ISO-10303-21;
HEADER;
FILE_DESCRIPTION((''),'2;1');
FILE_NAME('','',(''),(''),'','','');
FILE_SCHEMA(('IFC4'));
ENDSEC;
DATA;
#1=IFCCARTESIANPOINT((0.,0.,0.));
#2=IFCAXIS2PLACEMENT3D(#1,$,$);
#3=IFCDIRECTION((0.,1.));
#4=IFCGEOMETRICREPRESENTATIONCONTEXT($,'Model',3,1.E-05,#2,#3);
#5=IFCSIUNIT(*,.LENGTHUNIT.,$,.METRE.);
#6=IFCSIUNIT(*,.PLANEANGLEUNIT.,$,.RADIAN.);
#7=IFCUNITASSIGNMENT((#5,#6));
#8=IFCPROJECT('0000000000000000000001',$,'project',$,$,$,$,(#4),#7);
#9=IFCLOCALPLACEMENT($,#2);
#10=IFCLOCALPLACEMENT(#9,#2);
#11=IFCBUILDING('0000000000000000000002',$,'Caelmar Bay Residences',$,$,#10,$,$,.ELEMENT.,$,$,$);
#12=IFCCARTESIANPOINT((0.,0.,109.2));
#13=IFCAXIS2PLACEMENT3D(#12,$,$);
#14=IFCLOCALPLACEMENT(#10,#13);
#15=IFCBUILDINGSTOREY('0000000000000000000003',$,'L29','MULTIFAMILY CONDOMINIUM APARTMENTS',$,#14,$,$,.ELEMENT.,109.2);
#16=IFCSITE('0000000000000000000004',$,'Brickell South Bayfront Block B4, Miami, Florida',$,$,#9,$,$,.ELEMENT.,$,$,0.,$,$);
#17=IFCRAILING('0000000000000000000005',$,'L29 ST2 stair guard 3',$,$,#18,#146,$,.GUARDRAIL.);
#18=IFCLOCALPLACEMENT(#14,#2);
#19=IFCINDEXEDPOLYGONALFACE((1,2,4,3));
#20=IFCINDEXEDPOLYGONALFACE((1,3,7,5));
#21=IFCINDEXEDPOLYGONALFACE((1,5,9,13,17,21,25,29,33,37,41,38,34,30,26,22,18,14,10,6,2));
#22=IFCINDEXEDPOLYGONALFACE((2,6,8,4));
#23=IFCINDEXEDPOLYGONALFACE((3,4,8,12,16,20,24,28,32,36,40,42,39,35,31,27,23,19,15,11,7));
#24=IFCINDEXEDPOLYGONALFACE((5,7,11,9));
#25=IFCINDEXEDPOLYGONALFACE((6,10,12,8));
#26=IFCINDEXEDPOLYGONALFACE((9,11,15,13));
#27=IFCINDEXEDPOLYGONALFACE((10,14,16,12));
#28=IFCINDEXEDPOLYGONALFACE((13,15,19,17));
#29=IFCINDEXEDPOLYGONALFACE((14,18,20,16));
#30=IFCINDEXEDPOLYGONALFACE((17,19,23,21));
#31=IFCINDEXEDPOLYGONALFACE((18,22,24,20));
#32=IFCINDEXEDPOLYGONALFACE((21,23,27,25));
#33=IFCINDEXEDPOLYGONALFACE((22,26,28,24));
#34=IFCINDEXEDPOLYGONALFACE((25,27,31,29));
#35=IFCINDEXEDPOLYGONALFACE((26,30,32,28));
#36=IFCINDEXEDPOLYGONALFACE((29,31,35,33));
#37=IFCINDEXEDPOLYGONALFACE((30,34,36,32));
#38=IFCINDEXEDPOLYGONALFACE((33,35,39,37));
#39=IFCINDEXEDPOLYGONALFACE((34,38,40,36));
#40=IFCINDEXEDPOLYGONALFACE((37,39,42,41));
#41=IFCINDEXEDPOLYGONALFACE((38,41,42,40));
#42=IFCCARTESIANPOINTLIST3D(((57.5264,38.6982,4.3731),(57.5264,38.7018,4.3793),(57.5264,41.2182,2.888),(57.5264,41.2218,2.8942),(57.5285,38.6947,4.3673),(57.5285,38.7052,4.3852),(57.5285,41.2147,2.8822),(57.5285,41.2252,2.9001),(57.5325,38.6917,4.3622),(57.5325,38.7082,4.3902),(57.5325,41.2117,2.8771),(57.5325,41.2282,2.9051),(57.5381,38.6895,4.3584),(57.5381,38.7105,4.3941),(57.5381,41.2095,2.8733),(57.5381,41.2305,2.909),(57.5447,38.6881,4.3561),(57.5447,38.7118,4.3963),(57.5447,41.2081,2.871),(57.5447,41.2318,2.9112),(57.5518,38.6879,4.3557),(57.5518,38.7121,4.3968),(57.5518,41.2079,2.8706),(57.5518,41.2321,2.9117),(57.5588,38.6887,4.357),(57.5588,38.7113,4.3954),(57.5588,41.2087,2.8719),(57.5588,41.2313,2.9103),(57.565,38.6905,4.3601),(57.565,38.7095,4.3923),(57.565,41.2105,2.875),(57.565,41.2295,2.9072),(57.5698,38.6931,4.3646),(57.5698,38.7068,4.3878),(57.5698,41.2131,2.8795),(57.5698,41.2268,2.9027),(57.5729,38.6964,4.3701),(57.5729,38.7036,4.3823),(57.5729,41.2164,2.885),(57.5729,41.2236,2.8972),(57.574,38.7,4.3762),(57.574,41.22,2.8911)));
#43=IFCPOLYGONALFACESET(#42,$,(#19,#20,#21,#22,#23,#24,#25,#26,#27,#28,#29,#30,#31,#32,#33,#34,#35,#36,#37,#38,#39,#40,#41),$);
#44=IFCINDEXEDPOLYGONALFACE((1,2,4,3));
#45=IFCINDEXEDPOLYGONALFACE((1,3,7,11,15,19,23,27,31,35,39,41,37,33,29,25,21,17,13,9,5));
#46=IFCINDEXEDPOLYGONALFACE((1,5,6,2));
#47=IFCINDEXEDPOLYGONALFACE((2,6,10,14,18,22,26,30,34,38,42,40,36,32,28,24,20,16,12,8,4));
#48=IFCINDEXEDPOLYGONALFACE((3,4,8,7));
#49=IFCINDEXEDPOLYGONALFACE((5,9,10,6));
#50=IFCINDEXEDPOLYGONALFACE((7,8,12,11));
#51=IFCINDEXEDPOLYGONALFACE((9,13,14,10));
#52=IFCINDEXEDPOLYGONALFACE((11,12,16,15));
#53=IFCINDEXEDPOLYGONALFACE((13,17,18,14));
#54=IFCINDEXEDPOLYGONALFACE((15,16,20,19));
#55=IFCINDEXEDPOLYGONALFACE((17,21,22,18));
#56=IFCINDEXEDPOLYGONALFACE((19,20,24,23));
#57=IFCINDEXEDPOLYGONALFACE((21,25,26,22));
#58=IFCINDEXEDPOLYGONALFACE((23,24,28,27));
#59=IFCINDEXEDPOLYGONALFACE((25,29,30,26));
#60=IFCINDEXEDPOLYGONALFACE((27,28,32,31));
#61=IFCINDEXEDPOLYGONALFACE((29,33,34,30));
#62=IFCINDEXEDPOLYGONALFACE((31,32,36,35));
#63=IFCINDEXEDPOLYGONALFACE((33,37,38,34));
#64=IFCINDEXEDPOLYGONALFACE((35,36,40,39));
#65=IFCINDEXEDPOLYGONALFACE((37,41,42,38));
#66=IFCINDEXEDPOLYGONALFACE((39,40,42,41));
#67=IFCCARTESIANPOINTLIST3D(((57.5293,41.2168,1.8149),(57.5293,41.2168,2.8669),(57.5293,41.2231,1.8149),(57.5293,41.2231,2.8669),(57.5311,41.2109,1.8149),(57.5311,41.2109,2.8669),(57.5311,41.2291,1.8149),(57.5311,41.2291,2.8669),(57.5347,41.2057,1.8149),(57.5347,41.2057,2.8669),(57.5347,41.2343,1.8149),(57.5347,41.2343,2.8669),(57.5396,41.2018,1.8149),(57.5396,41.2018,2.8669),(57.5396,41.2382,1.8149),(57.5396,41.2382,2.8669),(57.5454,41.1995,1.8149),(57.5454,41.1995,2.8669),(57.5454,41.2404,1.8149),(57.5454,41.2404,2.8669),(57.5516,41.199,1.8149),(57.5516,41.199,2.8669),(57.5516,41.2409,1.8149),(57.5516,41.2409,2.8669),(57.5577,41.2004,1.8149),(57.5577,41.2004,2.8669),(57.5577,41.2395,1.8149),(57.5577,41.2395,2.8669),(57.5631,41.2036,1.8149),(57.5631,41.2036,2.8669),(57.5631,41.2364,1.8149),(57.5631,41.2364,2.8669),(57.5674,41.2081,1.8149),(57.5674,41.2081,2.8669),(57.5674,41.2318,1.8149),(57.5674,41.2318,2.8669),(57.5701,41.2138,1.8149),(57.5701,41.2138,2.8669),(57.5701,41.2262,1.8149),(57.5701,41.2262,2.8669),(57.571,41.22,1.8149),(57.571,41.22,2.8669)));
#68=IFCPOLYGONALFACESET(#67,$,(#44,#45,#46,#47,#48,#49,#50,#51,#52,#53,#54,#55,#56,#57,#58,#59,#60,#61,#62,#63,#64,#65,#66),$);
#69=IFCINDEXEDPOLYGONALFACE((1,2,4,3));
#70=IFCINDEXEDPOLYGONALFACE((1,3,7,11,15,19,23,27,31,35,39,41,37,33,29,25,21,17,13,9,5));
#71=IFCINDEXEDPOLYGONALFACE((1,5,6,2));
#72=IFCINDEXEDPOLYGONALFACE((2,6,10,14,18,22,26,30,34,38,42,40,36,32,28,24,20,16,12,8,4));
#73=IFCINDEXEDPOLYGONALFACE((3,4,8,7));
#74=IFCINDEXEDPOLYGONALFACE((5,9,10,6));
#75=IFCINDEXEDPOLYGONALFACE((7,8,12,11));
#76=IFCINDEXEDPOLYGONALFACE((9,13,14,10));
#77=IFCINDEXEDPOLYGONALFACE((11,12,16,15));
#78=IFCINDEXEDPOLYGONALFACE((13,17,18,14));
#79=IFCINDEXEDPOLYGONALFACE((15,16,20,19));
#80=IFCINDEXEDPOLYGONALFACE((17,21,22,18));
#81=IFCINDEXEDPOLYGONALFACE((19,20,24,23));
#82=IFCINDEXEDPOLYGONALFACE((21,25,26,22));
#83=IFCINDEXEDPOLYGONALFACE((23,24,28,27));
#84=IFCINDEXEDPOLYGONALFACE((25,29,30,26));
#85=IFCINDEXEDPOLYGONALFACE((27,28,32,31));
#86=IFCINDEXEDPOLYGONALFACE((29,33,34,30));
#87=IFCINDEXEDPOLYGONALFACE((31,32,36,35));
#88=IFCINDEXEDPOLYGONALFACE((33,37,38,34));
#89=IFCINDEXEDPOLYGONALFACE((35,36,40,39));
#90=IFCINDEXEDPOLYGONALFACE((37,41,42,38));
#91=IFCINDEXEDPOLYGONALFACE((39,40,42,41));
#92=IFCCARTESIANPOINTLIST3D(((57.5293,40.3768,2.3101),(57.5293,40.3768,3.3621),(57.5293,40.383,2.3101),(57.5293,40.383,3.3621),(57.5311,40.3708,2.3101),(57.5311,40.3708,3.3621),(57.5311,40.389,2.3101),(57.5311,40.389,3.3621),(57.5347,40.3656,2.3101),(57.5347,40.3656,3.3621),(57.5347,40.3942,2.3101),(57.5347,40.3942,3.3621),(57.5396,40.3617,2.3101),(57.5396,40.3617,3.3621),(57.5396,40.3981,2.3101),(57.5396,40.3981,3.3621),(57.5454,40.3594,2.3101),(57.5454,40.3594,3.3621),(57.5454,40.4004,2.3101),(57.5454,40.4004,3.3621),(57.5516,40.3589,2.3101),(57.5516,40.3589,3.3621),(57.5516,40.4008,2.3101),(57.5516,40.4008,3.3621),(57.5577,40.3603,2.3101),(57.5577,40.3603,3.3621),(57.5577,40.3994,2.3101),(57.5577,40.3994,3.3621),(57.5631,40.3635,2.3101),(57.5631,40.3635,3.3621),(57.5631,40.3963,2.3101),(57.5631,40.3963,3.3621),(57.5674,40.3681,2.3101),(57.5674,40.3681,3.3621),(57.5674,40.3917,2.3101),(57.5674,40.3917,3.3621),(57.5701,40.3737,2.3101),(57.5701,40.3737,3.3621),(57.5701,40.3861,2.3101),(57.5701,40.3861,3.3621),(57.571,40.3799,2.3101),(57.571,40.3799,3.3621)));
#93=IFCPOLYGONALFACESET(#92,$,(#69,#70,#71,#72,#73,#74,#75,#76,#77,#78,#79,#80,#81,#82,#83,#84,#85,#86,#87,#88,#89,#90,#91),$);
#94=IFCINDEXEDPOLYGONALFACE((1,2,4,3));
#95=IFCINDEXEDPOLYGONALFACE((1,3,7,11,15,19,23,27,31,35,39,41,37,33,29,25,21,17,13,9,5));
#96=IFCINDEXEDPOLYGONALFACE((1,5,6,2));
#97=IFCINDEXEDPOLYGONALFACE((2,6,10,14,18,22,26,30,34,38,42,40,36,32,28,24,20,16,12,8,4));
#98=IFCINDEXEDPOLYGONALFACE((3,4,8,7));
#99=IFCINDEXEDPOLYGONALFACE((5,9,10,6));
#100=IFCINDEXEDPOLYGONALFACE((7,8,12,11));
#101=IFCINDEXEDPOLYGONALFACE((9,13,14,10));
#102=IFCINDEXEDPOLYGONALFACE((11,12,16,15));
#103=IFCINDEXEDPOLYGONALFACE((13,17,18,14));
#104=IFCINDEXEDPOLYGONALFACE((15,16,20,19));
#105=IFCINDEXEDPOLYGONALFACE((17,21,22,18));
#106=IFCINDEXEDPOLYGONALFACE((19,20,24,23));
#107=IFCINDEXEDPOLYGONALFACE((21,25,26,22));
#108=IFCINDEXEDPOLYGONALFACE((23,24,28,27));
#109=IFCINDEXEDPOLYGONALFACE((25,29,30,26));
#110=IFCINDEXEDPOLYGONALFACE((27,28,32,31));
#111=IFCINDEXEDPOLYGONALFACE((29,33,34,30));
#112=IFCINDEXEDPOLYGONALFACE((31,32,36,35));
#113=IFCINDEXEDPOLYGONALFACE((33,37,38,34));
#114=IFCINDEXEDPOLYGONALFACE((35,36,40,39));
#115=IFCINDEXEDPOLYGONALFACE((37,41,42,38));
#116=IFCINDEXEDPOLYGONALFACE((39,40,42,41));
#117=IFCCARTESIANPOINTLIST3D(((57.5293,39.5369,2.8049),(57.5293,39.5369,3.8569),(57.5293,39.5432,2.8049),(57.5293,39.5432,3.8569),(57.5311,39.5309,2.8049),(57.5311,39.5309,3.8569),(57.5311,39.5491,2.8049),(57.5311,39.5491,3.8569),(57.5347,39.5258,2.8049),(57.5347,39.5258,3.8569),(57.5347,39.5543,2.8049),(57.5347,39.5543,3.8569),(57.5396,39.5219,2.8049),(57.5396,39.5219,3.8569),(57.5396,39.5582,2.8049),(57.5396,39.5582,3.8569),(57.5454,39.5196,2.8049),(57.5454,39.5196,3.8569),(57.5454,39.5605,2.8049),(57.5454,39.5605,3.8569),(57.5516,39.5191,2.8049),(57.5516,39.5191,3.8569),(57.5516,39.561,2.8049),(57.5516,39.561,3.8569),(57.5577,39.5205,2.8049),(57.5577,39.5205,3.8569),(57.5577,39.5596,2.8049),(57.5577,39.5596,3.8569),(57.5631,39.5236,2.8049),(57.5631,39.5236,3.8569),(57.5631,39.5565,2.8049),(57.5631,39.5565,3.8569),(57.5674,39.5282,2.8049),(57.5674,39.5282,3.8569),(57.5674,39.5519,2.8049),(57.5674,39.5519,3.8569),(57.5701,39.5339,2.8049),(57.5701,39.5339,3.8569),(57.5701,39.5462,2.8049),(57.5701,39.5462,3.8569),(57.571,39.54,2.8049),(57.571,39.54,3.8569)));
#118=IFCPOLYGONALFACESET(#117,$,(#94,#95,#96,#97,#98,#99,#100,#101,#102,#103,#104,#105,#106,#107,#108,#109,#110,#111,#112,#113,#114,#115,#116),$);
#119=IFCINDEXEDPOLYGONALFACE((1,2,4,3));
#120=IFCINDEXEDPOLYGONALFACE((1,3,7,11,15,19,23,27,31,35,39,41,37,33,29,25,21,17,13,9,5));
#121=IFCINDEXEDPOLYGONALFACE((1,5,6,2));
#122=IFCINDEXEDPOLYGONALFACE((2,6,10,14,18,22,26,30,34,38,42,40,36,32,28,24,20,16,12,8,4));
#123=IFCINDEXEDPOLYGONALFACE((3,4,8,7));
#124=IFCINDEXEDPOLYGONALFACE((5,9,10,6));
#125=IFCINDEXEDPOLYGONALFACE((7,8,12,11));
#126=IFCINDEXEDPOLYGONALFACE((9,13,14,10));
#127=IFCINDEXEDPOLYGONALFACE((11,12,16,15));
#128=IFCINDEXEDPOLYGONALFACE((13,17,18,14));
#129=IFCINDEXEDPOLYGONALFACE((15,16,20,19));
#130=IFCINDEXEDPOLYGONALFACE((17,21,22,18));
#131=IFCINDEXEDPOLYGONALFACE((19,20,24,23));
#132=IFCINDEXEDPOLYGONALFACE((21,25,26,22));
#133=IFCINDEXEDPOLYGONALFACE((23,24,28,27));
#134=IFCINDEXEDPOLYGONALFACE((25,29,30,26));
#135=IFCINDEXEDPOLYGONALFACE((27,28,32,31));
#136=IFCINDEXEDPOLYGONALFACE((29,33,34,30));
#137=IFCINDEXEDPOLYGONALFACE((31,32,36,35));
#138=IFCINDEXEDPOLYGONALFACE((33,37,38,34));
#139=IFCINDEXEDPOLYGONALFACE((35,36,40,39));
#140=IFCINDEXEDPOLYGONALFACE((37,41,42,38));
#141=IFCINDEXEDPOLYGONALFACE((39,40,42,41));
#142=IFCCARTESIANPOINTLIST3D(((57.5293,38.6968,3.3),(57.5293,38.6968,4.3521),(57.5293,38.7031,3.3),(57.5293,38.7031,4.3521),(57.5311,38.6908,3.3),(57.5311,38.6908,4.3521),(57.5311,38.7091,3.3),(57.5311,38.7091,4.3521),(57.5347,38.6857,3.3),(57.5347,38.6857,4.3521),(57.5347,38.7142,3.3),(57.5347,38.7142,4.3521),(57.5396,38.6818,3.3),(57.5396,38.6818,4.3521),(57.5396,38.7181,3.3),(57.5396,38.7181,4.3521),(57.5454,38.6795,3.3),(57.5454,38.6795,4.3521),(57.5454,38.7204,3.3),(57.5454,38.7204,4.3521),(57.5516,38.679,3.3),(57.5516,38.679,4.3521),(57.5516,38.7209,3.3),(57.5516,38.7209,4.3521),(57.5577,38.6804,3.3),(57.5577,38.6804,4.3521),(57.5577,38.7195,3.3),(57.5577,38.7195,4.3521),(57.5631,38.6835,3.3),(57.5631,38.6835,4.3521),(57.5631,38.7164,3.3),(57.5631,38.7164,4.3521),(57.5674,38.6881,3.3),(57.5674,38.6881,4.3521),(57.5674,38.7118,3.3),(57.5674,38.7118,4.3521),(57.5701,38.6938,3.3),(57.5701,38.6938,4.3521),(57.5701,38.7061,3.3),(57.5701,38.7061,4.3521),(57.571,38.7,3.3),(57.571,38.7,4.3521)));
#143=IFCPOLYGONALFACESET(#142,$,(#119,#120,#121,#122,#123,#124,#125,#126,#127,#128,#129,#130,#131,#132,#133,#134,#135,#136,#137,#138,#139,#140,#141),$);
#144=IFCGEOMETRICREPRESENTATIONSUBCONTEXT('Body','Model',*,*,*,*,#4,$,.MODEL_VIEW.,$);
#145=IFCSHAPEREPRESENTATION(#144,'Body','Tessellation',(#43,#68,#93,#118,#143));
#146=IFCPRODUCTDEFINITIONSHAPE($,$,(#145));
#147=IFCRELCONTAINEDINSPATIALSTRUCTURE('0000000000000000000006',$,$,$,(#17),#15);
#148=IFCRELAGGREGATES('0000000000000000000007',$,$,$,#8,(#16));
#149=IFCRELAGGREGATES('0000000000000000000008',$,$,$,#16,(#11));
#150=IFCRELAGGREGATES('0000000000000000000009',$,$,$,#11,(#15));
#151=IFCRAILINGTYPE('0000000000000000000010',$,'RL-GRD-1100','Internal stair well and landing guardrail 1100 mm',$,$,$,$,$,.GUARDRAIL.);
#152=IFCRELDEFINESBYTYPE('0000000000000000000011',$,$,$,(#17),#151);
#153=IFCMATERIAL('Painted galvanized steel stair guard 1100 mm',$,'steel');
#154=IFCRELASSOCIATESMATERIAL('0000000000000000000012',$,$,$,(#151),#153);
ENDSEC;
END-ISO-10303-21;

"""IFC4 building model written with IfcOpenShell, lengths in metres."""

from ifc_helpers import new_model, si_unit, direction, frame, origin, origin_2d, place, context, subcontext, project, spatial, circle, extrude, material, type_object, element, save


model = new_model("IFC4")

# Units and contexts
model_context = context("Model", 3, precision=1e-05, world=origin(), true_north=direction((0.0, 1.0)))
body_context = subcontext(model_context, "Body", "Model", "MODEL_VIEW")
ifc_project = project(units=[si_unit("LENGTHUNIT", "METRE"), si_unit("PLANEANGLEUNIT", "RADIAN")], contexts=[model_context])

# Site, building, storey
site_placement = place(None, origin())
site = spatial("IfcSite", under=ifc_project, at=site_placement, Name="Brickell South Bayfront Block B4, Miami, Florida", CompositionType="ELEMENT", RefElevation=0.0)
building_placement = place(site_placement, origin())
building = spatial("IfcBuilding", under=site, at=building_placement, Name="Caelmar Bay Residences", CompositionType="ELEMENT")
storey_placement = place(building_placement, frame((0.0, 0.0, 109.2)))
storey = spatial("IfcBuildingStorey", under=building, at=storey_placement, Name="L29", Description="MULTIFAMILY CONDOMINIUM APARTMENTS", CompositionType="ELEMENT", Elevation=109.2)

# Railing
ifc_material_1 = material(Name="Painted galvanized steel stair guard 1100 mm", Category="steel")
railing_type_1 = type_object("IfcRailingType", Name="RL-GRD-1100", Description="Internal stair well and landing guardrail 1100 mm", PredefinedType="GUARDRAIL", material=ifc_material_1)
railing_1_placement = place(storey_placement, frame((57.55, 41.22, 1.8149)))
element("IfcRailing", 1, at=railing_1_placement, inside=storey, type_object=railing_type_1, Name="L29 ST2 stair guard 3", PredefinedType="GUARDRAIL", context=body_context, shape_type="SweptSolid", body=[
    extrude(circle(Radius=0.0239, at=origin_2d()), frame((0.0, 0.0, 1.0762), z_axis=(0.0, -0.861524, 0.507717), x_axis=(1.0, 0.0, 0.0)), (0.0, 0.0, 1.0), 2.925),
    extrude(circle(Radius=0.021, at=origin_2d()), origin(), (0.0, 0.0, 1.0), 1.052),
    extrude(circle(Radius=0.021, at=origin_2d()), frame((0.0, -0.8401, 0.4951)), (0.0, 0.0, 1.0), 1.052),
    extrude(circle(Radius=0.021, at=origin_2d()), frame((0.0, -1.6799, 0.99)), (0.0, 0.0, 1.0), 1.052),
    extrude(circle(Radius=0.021, at=origin_2d()), frame((0.0, -2.52, 1.4851)), (0.0, 0.0, 1.0), 1.052),
])

save(model, "model.ifc")
